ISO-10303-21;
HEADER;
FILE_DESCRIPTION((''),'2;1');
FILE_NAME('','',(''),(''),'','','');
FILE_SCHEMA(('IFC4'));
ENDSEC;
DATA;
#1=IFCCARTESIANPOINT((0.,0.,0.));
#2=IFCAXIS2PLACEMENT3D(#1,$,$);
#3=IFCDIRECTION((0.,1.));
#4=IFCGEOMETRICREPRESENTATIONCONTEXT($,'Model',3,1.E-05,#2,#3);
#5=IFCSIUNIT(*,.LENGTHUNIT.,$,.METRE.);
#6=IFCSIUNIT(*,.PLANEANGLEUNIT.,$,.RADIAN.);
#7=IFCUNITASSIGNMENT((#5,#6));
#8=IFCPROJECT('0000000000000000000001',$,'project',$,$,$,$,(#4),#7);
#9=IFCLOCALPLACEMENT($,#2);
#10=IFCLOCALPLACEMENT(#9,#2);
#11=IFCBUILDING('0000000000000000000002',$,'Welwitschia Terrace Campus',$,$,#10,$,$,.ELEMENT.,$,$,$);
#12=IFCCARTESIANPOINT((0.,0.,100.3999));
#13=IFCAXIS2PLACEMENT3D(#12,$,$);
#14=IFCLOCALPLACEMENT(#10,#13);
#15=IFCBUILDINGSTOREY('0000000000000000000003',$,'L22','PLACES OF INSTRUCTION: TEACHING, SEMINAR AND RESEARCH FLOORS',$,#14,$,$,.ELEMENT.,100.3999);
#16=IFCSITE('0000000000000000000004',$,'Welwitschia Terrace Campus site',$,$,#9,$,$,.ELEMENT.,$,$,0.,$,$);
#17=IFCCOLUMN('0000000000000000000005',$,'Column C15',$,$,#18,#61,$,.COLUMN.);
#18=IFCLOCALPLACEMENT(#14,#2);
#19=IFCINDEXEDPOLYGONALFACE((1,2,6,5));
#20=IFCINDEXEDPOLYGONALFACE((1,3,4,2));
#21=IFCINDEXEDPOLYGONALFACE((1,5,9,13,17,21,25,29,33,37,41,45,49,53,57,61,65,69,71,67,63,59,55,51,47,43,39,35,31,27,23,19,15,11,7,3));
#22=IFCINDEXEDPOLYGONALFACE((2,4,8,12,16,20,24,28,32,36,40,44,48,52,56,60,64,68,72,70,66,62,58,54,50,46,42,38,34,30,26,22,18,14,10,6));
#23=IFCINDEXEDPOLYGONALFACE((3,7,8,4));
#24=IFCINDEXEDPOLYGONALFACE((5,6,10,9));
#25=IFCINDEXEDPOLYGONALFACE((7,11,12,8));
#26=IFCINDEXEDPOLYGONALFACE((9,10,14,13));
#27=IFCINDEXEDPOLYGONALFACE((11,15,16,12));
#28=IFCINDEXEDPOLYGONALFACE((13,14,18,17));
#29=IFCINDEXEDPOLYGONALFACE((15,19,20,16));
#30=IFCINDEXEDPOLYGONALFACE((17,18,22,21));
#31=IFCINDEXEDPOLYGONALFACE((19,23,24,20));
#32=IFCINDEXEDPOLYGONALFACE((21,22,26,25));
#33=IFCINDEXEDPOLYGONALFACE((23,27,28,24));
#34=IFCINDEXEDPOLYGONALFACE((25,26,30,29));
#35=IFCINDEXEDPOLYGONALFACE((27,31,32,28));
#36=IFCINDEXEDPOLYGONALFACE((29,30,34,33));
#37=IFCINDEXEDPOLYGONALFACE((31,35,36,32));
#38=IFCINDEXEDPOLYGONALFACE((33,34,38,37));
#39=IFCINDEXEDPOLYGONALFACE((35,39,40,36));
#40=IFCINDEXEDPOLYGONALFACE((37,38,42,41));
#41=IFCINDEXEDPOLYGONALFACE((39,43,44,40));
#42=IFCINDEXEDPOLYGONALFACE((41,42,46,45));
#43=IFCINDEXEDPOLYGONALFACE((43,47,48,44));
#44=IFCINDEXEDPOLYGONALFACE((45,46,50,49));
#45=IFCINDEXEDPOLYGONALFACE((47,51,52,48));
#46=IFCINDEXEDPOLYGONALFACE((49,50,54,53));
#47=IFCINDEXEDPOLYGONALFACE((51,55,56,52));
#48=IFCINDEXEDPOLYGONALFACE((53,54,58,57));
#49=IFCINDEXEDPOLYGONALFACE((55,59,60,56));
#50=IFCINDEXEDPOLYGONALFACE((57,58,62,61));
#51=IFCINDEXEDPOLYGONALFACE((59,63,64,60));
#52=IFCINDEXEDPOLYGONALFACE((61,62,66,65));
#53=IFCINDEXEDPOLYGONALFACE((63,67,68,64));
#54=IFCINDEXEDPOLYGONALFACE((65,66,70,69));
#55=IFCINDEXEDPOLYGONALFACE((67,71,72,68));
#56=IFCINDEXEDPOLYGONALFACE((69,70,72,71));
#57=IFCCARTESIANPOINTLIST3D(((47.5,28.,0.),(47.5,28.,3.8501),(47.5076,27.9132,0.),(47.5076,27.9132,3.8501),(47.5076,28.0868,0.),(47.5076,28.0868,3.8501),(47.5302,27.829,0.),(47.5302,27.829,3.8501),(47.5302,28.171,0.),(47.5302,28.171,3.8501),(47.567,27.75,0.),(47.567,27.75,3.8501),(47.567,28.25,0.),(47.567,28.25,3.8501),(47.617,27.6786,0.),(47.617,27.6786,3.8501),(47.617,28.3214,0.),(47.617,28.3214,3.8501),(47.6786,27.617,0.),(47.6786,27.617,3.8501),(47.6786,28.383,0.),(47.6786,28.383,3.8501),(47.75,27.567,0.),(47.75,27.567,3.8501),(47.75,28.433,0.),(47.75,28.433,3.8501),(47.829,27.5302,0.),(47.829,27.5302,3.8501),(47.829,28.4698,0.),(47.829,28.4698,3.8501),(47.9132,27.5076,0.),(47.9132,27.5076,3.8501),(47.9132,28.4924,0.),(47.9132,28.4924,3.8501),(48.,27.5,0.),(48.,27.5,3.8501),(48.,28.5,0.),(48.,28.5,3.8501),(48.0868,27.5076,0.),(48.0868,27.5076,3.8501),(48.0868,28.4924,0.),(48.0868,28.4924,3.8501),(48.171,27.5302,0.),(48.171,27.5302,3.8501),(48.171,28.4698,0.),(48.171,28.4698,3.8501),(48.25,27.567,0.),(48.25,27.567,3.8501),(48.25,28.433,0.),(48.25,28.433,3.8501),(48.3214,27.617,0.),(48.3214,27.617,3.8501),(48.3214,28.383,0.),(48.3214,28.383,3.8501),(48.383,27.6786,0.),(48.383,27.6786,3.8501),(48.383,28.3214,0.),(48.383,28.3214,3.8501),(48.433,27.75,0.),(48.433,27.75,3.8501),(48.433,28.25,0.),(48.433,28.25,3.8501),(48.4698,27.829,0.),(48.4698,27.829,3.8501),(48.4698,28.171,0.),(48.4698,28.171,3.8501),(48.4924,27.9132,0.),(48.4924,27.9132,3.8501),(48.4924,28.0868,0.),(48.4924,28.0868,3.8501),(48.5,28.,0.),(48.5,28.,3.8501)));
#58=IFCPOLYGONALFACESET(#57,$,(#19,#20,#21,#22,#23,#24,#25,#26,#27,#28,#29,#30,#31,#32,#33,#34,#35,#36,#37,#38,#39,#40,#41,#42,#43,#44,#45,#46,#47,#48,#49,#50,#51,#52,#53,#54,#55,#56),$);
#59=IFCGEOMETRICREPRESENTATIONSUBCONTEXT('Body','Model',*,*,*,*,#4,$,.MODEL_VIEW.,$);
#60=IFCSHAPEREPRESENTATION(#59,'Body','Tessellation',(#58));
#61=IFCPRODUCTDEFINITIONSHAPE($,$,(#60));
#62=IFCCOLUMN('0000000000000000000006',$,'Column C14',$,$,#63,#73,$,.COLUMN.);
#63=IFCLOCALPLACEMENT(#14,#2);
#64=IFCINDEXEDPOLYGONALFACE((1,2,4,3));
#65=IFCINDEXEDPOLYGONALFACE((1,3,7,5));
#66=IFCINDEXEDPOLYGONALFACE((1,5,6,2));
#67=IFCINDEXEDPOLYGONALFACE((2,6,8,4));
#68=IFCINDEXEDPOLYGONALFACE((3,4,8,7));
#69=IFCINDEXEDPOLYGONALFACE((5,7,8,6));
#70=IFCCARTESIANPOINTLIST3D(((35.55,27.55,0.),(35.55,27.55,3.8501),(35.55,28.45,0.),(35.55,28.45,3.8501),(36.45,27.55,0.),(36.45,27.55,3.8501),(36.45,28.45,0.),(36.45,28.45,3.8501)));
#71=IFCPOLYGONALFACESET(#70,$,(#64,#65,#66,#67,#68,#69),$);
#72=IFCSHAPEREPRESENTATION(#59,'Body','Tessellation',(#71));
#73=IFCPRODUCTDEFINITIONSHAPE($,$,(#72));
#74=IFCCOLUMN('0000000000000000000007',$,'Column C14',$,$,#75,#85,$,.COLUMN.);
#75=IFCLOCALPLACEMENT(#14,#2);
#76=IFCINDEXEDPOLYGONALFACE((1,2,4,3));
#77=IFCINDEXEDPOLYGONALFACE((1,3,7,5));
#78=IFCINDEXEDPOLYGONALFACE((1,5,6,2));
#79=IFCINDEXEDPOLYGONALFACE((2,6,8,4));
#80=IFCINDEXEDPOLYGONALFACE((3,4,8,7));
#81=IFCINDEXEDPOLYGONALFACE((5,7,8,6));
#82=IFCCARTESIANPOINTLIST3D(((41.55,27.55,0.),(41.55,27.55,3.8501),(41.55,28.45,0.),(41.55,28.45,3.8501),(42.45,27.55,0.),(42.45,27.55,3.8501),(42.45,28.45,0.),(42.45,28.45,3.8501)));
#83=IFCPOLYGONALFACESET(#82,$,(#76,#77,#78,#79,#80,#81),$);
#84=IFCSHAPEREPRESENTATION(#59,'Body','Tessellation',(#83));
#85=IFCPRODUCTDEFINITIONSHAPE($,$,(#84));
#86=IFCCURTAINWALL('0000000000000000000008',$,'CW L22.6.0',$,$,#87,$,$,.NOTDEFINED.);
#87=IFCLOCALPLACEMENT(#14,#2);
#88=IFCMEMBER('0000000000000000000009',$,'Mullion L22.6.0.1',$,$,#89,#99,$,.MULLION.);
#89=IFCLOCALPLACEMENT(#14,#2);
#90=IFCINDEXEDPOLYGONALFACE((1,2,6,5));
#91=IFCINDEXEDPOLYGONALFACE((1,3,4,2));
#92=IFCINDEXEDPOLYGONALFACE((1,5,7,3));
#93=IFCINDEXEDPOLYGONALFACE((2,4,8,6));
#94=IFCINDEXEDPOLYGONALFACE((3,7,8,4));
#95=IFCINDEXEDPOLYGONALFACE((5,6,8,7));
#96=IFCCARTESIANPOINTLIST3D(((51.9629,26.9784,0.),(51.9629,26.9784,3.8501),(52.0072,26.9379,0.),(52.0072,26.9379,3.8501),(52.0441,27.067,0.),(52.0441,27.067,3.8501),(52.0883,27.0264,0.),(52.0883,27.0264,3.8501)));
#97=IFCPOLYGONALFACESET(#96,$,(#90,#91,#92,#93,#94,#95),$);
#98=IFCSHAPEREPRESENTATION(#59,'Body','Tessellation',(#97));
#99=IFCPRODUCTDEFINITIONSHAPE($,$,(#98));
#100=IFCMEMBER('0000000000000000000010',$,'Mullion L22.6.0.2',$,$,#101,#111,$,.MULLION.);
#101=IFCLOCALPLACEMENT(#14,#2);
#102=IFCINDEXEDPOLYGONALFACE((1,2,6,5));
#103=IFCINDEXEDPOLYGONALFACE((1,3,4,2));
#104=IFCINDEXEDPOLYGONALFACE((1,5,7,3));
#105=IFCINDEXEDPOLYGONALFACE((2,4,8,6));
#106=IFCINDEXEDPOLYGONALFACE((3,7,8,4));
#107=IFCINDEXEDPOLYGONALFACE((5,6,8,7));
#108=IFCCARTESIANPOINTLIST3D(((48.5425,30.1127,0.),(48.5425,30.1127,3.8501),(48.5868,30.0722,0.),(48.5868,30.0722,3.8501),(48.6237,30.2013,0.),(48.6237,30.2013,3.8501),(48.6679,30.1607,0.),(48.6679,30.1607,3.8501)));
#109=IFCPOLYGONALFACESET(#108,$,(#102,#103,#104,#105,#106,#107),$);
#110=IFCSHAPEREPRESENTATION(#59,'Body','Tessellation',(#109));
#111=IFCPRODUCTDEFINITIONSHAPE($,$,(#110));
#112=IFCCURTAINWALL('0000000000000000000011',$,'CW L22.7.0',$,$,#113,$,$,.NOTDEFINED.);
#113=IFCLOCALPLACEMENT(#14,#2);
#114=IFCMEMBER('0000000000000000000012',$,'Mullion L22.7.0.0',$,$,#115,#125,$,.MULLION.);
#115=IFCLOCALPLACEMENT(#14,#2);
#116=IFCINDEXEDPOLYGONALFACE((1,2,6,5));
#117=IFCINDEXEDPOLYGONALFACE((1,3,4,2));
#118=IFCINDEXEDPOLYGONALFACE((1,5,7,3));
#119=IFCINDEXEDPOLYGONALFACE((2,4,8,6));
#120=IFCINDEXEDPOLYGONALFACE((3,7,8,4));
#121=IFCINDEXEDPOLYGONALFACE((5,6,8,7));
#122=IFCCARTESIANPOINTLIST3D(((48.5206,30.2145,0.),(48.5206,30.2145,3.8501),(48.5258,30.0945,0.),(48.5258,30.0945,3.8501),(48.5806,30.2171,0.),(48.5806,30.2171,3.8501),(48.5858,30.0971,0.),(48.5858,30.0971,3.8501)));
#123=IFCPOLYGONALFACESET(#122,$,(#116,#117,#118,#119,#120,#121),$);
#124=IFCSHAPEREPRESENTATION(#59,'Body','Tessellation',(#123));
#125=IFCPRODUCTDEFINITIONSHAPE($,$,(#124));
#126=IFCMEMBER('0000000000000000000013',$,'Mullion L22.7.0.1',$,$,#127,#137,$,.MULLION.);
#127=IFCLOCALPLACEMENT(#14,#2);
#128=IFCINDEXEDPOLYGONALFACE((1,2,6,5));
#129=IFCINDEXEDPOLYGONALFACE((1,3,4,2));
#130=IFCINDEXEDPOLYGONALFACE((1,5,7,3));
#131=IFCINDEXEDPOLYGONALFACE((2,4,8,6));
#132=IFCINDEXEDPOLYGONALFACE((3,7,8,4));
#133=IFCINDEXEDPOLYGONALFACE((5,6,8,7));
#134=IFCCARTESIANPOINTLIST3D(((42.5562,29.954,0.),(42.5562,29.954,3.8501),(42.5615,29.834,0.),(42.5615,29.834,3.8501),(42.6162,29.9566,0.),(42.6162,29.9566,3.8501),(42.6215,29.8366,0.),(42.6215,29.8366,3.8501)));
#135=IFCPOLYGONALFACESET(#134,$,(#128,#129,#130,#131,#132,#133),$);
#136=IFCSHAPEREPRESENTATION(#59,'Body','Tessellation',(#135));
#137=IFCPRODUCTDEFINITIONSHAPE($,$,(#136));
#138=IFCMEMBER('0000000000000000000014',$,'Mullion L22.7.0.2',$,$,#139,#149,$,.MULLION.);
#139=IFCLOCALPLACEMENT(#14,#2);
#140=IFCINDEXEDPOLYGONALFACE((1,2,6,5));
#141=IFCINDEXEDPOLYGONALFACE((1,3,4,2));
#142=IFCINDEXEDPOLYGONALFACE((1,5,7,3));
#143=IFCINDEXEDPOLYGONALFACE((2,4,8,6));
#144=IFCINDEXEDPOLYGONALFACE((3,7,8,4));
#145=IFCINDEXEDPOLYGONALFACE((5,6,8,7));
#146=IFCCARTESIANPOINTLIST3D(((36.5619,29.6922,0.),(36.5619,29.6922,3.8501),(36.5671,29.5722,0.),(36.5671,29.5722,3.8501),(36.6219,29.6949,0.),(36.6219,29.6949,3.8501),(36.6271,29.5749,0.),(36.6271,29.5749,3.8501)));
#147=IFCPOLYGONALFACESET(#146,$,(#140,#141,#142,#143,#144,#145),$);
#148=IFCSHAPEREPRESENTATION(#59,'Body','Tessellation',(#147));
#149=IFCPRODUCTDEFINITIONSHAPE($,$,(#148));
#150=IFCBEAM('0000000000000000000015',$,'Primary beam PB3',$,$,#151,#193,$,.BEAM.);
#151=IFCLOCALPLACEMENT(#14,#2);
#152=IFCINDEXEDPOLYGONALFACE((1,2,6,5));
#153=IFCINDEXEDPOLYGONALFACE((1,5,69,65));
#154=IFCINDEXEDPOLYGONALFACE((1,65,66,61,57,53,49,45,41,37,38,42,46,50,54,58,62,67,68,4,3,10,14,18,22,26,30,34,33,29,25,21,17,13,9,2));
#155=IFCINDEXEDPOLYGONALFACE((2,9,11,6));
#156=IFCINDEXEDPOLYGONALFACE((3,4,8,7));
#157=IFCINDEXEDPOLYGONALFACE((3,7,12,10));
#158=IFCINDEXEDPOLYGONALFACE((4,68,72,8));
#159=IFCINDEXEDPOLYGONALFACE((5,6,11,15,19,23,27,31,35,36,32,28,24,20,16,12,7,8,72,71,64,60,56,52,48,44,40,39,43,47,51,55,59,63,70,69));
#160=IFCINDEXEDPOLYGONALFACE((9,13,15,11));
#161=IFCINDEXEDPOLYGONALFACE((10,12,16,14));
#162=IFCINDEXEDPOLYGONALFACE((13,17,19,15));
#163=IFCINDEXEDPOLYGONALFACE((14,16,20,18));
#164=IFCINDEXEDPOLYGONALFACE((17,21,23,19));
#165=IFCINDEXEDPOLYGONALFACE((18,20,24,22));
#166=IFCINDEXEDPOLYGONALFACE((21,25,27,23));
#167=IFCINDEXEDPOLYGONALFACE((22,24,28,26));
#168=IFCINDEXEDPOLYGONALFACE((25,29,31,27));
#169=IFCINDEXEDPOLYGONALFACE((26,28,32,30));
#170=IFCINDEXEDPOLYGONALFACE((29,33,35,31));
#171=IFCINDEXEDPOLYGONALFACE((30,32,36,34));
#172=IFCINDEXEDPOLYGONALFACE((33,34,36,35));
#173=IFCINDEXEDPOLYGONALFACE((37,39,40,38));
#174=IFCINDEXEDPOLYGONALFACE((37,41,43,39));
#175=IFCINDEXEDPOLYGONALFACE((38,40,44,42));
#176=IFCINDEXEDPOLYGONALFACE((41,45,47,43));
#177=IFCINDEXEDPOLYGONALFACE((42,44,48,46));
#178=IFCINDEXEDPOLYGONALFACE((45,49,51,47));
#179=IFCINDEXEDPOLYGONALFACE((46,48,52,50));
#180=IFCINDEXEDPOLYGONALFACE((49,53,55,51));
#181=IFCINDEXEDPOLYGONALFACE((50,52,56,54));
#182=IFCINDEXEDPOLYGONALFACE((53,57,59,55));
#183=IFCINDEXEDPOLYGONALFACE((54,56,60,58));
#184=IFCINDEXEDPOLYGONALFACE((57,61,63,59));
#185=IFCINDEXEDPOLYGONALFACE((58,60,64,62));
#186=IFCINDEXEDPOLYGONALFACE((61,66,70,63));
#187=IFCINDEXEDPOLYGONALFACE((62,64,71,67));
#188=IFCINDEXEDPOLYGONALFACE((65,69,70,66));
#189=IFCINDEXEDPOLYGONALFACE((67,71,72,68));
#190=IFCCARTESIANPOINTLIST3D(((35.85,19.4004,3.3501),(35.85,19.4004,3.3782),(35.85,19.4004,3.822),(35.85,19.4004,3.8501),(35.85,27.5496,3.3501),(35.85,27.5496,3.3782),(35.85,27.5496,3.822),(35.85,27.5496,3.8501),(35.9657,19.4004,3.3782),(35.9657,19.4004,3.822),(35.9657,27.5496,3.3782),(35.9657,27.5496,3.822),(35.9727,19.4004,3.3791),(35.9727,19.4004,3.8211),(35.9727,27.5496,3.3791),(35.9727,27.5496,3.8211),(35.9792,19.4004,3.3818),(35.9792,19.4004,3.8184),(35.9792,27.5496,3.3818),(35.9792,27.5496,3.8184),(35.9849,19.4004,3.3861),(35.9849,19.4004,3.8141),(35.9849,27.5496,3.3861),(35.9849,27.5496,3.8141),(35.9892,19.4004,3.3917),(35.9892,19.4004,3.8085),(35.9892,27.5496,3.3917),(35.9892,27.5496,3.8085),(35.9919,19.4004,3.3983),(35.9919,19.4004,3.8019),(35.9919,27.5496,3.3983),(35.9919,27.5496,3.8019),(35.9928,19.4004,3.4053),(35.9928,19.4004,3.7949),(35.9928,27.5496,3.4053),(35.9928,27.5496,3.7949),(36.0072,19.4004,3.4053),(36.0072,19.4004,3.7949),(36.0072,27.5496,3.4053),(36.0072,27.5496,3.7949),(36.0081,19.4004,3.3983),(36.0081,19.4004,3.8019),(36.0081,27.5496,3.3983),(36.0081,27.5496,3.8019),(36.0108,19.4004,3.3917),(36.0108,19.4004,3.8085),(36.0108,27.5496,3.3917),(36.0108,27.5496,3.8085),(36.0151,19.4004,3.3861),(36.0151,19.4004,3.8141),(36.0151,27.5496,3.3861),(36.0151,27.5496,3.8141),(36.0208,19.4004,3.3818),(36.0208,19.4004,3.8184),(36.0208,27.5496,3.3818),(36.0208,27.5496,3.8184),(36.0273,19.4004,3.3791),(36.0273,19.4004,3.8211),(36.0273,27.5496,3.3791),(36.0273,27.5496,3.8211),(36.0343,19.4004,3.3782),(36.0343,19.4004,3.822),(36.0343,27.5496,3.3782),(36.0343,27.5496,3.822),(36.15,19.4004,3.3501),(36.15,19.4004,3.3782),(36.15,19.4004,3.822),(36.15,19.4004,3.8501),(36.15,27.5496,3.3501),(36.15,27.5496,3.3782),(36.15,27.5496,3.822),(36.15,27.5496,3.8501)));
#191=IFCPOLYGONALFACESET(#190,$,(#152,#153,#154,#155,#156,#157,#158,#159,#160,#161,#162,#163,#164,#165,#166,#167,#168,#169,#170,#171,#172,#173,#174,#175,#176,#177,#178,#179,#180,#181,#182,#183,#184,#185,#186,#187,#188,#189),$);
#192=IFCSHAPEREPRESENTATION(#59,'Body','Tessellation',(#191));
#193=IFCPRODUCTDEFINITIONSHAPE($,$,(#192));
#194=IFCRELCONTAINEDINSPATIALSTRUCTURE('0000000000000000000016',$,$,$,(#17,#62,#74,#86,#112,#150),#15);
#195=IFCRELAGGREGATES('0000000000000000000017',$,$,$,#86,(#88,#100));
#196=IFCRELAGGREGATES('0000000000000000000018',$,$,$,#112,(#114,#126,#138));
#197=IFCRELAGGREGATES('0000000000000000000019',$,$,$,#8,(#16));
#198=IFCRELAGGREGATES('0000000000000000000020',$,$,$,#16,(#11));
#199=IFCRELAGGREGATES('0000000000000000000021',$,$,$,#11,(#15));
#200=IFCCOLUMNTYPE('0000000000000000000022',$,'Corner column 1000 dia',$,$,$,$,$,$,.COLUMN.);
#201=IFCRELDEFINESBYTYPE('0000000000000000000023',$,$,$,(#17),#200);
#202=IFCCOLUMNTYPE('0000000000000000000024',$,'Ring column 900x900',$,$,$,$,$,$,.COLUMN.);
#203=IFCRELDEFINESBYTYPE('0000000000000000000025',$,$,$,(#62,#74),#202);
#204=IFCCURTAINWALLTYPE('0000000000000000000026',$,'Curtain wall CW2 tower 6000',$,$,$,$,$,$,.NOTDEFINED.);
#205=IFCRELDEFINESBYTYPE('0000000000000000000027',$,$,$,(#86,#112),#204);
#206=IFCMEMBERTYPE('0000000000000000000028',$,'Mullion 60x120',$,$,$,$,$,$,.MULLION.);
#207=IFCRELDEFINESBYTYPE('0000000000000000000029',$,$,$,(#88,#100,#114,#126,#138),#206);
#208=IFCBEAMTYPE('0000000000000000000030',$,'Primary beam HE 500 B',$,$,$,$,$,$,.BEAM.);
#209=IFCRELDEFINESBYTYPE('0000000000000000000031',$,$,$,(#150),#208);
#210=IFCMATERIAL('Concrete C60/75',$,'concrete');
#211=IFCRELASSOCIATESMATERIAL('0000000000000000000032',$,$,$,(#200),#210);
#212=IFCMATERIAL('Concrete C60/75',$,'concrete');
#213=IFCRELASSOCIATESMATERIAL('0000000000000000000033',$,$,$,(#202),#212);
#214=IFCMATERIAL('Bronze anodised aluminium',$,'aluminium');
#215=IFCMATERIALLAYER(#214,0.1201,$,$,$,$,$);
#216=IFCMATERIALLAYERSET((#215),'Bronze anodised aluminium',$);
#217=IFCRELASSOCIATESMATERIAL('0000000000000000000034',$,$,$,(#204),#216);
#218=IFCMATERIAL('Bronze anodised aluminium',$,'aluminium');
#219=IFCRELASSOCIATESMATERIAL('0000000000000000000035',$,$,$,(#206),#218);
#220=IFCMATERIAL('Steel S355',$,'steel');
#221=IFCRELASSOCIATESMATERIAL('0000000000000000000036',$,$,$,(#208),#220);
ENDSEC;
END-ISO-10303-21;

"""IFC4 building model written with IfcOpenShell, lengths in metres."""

from ifc_helpers import new_model, si_unit, direction, frame, origin, origin_2d, place, context, subcontext, project, spatial, rectangle, circle, i_section, extrude, material, layer, layer_set, material_profile, profile_set, type_object, element, aggregate, save


model = new_model("IFC4")

# Units and contexts
model_context = context("Model", 3, precision=1e-05, world=origin(), true_north=direction((0.0, 1.0)))
body_context = subcontext(model_context, "Body", "Model", "MODEL_VIEW")
ifc_project = project(units=[si_unit("LENGTHUNIT", "METRE"), si_unit("PLANEANGLEUNIT", "RADIAN")], contexts=[model_context])

# Site, building, storey
site_placement = place(None, origin())
site = spatial("IfcSite", under=ifc_project, at=site_placement, Name="Welwitschia Terrace Campus site", CompositionType="ELEMENT", RefElevation=0.0)
building_placement = place(site_placement, origin())
building = spatial("IfcBuilding", under=site, at=building_placement, Name="Welwitschia Terrace Campus", CompositionType="ELEMENT")
storey_placement = place(building_placement, frame((0.0, 0.0, 100.3999)))
storey = spatial("IfcBuildingStorey", under=building, at=storey_placement, Name="L22", Description="PLACES OF INSTRUCTION: TEACHING, SEMINAR AND RESEARCH FLOORS", CompositionType="ELEMENT", Elevation=100.3999)

# Columns
ifc_material_1 = material(Name="Concrete C60/75", Category="concrete")
ifc_material_profile_1 = material_profile(ifc_material_1, circle(Radius=0.5, at=origin_2d()))
ifc_profile_set_1 = profile_set([ifc_material_profile_1], Name="Concrete C60/75")
column_type_1 = type_object("IfcColumnType", Name="Corner column 1000 dia", PredefinedType="COLUMN", material=ifc_profile_set_1)
column_placement = place(storey_placement, frame((48.0, 28.0, 0.0), z_axis=(0.0, 0.0, 1.0), x_axis=(1.0, 0.0, 0.0)))
element("IfcColumn", 1, at=column_placement, inside=storey, type_object=column_type_1, Name="Column C15", PredefinedType="COLUMN", context=body_context, shape_type="SweptSolid", body=[
    extrude(circle(Radius=0.5, at=origin_2d()), origin(), (0.0, 0.0, 1.0), 3.8501),
])
ifc_material_2 = material(Name="Concrete C60/75", Category="concrete")
ifc_material_profile_2 = material_profile(ifc_material_2, rectangle(XDim=0.8999, YDim=0.8999, at=origin_2d()))
ifc_profile_set_2 = profile_set([ifc_material_profile_2], Name="Concrete C60/75")
column_type_2 = type_object("IfcColumnType", Name="Ring column 900x900", PredefinedType="COLUMN", material=ifc_profile_set_2)
for number, where, z_axis, x_axis, name in (
    (2, (36.0, 28.0, 0.0), (0.0, 0.0, 1.0), (1.0, 0.0, 0.0), "Column C14"),
    (3, (42.0, 28.0, 0.0), (0.0, 0.0, 1.0), (1.0, 0.0, 0.0), "Column C14"),
):
    element("IfcColumn", number, at=place(storey_placement, frame(where, z_axis=z_axis, x_axis=x_axis)), inside=storey, type_object=column_type_2, Name=name, PredefinedType="COLUMN", context=body_context, shape_type="SweptSolid", body=[
        extrude(rectangle(XDim=0.8999, YDim=0.8999, at=origin_2d()), origin(), (0.0, 0.0, 1.0), 3.8501),
    ])

# Curtain walls, members
ifc_material_3 = material(Name="Bronze anodised aluminium", Category="aluminium")
ifc_layer_1 = layer(ifc_material_3, 0.1201)
ifc_layer_set_1 = layer_set([ifc_layer_1], Name="Bronze anodised aluminium")
curtain_wall_type = type_object("IfcCurtainWallType", Name="Curtain wall CW2 tower 6000", PredefinedType="NOTDEFINED", material=ifc_layer_set_1)
curtain_wall_1_placement = place(storey_placement, origin())
curtain_wall_1 = element("IfcCurtainWall", 4, at=curtain_wall_1_placement, inside=storey, type_object=curtain_wall_type, Name="CW L22.6.0", PredefinedType="NOTDEFINED")
ifc_material_4 = material(Name="Bronze anodised aluminium", Category="aluminium")
ifc_material_profile_3 = material_profile(ifc_material_4, rectangle(XDim=0.1201, YDim=0.0601, at=origin_2d()))
ifc_profile_set_3 = profile_set([ifc_material_profile_3], Name="Bronze anodised aluminium")
member_type_1 = type_object("IfcMemberType", Name="Mullion 60x120", PredefinedType="MULLION", material=ifc_profile_set_3)
member_1_placement = place(storey_placement, frame((52.0256, 27.0024, 0.0), z_axis=(0.0, 0.0, 1.0), x_axis=(-0.67559, -0.737277, 0.0)))
member_1 = element("IfcMember", 5, at=member_1_placement, type_object=member_type_1, Name="Mullion L22.6.0.1", PredefinedType="MULLION", context=body_context, shape_type="SweptSolid", body=[
    extrude(rectangle(XDim=0.1201, YDim=0.0601, at=origin_2d()), origin(), (0.0, 0.0, 1.0), 3.8501),
])
member_2_placement = place(storey_placement, frame((48.6052, 30.1367, 0.0), z_axis=(0.0, 0.0, 1.0), x_axis=(-0.67559, -0.737277, 0.0)))
member_2 = element("IfcMember", 6, at=member_2_placement, type_object=member_type_1, Name="Mullion L22.6.0.2", PredefinedType="MULLION", context=body_context, shape_type="SweptSolid", body=[
    extrude(rectangle(XDim=0.1201, YDim=0.0601, at=origin_2d()), origin(), (0.0, 0.0, 1.0), 3.8501),
])
curtain_wall_2_placement = place(storey_placement, origin())
curtain_wall_2 = element("IfcCurtainWall", 7, at=curtain_wall_2_placement, inside=storey, type_object=curtain_wall_type, Name="CW L22.7.0", PredefinedType="NOTDEFINED")
member_3_placement = place(storey_placement, frame((48.5532, 30.1558, 0.0), z_axis=(0.0, 0.0, 1.0), x_axis=(0.043619, -0.999048, 0.0)))
member_3 = element("IfcMember", 8, at=member_3_placement, type_object=member_type_1, Name="Mullion L22.7.0.0", PredefinedType="MULLION", context=body_context, shape_type="SweptSolid", body=[
    extrude(rectangle(XDim=0.1201, YDim=0.0601, at=origin_2d()), origin(), (0.0, 0.0, 1.0), 3.8501),
])
member_4_placement = place(storey_placement, frame((42.5889, 29.8953, 0.0), z_axis=(0.0, 0.0, 1.0), x_axis=(0.043619, -0.999048, 0.0)))
member_4 = element("IfcMember", 9, at=member_4_placement, type_object=member_type_1, Name="Mullion L22.7.0.1", PredefinedType="MULLION", context=body_context, shape_type="SweptSolid", body=[
    extrude(rectangle(XDim=0.1201, YDim=0.0601, at=origin_2d()), origin(), (0.0, 0.0, 1.0), 3.8501),
])
member_5_placement = place(storey_placement, frame((36.5945, 29.6335, 0.0), z_axis=(0.0, 0.0, 1.0), x_axis=(0.043619, -0.999048, 0.0)))
member_5 = element("IfcMember", 10, at=member_5_placement, type_object=member_type_1, Name="Mullion L22.7.0.2", PredefinedType="MULLION", context=body_context, shape_type="SweptSolid", body=[
    extrude(rectangle(XDim=0.1201, YDim=0.0601, at=origin_2d()), origin(), (0.0, 0.0, 1.0), 3.8501),
])

# Beam
ifc_material_5 = material(Name="Steel S355", Category="steel")
ifc_material_profile_4 = material_profile(ifc_material_5, i_section(OverallWidth=0.3, OverallDepth=0.5, WebThickness=0.0144, FlangeThickness=0.0281, FilletRadius=0.0271, at=origin_2d()))
ifc_profile_set_4 = profile_set([ifc_material_profile_4], Name="Steel S355")
beam_type_1 = type_object("IfcBeamType", Name="Primary beam HE 500 B", PredefinedType="BEAM", material=ifc_profile_set_4)
beam_1_placement = place(storey_placement, frame((36.0, 27.5496, 3.6001), z_axis=(0.0, -1.0, 0.0), x_axis=(1.0, 0.0, 0.0)))
element("IfcBeam", 11, at=beam_1_placement, inside=storey, type_object=beam_type_1, Name="Primary beam PB3", PredefinedType="BEAM", context=body_context, shape_type="SweptSolid", body=[
    extrude(i_section(OverallWidth=0.3, OverallDepth=0.5, WebThickness=0.0144, FlangeThickness=0.0281, FilletRadius=0.0271, at=origin_2d()), origin(), (0.0, 0.0, 1.0), 8.1492),
])

aggregate(curtain_wall_1, [member_1, member_2])
aggregate(curtain_wall_2, [member_3, member_4, member_5])

save(model, "model.ifc")
